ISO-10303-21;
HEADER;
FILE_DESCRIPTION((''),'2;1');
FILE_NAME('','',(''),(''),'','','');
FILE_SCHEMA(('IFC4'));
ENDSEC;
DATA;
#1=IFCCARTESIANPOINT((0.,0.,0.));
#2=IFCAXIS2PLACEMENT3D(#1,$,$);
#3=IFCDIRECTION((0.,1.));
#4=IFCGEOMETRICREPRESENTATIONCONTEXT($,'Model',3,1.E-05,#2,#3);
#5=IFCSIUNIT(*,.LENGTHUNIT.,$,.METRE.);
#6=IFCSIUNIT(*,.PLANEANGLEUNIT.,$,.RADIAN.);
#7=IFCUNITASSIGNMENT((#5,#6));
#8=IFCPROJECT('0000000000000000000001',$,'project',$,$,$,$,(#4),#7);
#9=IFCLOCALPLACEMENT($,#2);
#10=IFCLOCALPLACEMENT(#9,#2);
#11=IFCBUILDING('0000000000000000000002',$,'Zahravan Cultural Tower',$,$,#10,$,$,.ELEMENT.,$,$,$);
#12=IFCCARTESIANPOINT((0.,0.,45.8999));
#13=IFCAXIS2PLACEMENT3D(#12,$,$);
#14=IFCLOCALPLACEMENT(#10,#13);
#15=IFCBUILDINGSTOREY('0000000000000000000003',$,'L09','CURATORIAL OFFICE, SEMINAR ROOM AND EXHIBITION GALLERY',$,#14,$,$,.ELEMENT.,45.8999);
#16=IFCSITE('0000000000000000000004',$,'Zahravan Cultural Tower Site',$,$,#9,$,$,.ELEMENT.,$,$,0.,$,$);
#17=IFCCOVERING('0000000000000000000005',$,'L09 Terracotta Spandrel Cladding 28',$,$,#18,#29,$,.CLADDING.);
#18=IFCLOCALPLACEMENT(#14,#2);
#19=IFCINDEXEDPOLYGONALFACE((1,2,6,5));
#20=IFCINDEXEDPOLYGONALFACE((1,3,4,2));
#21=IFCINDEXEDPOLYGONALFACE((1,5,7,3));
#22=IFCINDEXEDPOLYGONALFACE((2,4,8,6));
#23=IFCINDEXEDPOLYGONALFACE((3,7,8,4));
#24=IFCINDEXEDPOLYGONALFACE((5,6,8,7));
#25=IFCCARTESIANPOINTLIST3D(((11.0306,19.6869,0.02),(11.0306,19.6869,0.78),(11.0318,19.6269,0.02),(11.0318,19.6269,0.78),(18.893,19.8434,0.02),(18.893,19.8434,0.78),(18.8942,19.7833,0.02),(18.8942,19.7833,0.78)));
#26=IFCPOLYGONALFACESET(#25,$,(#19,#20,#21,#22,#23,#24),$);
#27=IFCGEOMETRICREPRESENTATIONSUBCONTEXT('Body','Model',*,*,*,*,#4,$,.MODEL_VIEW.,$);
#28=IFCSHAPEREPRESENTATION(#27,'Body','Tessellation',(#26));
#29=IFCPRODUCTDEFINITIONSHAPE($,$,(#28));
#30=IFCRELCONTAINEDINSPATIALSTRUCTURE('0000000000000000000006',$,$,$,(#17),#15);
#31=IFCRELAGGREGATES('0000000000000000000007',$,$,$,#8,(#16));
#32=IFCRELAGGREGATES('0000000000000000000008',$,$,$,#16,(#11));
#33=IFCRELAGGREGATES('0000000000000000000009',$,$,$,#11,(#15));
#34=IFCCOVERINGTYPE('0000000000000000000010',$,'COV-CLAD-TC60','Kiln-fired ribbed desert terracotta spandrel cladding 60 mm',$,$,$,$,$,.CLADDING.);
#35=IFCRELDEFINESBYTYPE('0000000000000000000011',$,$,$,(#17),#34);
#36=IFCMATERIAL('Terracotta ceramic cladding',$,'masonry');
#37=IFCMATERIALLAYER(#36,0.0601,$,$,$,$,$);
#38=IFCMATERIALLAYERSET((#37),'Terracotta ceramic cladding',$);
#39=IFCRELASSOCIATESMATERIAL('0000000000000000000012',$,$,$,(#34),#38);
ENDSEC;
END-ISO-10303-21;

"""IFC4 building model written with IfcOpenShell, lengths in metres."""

from ifc_helpers import new_model, si_unit, direction, frame, origin, origin_2d, place, context, subcontext, project, spatial, rectangle, extrude, source, transform, mapped, material, layer, layer_set, type_object, element, save


model = new_model("IFC4")

# Units and contexts
model_context = context("Model", 3, precision=1e-05, world=origin(), true_north=direction((0.0, 1.0)))
body_context = subcontext(model_context, "Body", "Model", "MODEL_VIEW")
ifc_project = project(units=[si_unit("LENGTHUNIT", "METRE"), si_unit("PLANEANGLEUNIT", "RADIAN")], contexts=[model_context])

# Site, building, storey
site_placement = place(None, origin())
site = spatial("IfcSite", under=ifc_project, at=site_placement, Name="Zahravan Cultural Tower Site", CompositionType="ELEMENT", RefElevation=0.0)
building_placement = place(site_placement, origin())
building = spatial("IfcBuilding", under=site, at=building_placement, Name="Zahravan Cultural Tower", CompositionType="ELEMENT")
storey_placement = place(building_placement, frame((0.0, 0.0, 45.8999)))
storey = spatial("IfcBuildingStorey", under=building, at=storey_placement, Name="L09", Description="CURATORIAL OFFICE, SEMINAR ROOM AND EXHIBITION GALLERY", CompositionType="ELEMENT", Elevation=45.8999)

# Covering
ifc_material_1 = material(Name="Terracotta ceramic cladding", Category="masonry")
ifc_layer_1 = layer(ifc_material_1, 0.0601)
ifc_layer_set_1 = layer_set([ifc_layer_1], Name="Terracotta ceramic cladding")
covering_type_1 = type_object("IfcCoveringType", Name="COV-CLAD-TC60", Description="Kiln-fired ribbed desert terracotta spandrel cladding 60 mm", PredefinedType="CLADDING", material=ifc_layer_set_1)
shared_shape_1 = source(origin(), body_context, "Body", "SweptSolid", [
    extrude(rectangle(XDim=7.864, YDim=0.0601, at=origin_2d()), origin(), (0.0, 0.0, 1.0), 0.76),
])
covering_1_placement = place(storey_placement, frame((14.9624, 19.7351, 0.02), z_axis=(0.0, 0.0, 1.0), x_axis=(-0.999802, -0.019895, 0.0)))
element("IfcCovering", 1, at=covering_1_placement, inside=storey, type_object=covering_type_1, Name="L09 Terracotta Spandrel Cladding 28", PredefinedType="CLADDING", context=body_context, shape_type="MappedRepresentation", body=[
    mapped(shared_shape_1, transform((0.0, 0.0, 0.0), x_axis=(1.0, 0.0, 0.0), y_axis=(0.0, 1.0, 0.0), z_axis=(0.0, 0.0, 1.0), scale=1.0)),
])

save(model, "model.ifc")
